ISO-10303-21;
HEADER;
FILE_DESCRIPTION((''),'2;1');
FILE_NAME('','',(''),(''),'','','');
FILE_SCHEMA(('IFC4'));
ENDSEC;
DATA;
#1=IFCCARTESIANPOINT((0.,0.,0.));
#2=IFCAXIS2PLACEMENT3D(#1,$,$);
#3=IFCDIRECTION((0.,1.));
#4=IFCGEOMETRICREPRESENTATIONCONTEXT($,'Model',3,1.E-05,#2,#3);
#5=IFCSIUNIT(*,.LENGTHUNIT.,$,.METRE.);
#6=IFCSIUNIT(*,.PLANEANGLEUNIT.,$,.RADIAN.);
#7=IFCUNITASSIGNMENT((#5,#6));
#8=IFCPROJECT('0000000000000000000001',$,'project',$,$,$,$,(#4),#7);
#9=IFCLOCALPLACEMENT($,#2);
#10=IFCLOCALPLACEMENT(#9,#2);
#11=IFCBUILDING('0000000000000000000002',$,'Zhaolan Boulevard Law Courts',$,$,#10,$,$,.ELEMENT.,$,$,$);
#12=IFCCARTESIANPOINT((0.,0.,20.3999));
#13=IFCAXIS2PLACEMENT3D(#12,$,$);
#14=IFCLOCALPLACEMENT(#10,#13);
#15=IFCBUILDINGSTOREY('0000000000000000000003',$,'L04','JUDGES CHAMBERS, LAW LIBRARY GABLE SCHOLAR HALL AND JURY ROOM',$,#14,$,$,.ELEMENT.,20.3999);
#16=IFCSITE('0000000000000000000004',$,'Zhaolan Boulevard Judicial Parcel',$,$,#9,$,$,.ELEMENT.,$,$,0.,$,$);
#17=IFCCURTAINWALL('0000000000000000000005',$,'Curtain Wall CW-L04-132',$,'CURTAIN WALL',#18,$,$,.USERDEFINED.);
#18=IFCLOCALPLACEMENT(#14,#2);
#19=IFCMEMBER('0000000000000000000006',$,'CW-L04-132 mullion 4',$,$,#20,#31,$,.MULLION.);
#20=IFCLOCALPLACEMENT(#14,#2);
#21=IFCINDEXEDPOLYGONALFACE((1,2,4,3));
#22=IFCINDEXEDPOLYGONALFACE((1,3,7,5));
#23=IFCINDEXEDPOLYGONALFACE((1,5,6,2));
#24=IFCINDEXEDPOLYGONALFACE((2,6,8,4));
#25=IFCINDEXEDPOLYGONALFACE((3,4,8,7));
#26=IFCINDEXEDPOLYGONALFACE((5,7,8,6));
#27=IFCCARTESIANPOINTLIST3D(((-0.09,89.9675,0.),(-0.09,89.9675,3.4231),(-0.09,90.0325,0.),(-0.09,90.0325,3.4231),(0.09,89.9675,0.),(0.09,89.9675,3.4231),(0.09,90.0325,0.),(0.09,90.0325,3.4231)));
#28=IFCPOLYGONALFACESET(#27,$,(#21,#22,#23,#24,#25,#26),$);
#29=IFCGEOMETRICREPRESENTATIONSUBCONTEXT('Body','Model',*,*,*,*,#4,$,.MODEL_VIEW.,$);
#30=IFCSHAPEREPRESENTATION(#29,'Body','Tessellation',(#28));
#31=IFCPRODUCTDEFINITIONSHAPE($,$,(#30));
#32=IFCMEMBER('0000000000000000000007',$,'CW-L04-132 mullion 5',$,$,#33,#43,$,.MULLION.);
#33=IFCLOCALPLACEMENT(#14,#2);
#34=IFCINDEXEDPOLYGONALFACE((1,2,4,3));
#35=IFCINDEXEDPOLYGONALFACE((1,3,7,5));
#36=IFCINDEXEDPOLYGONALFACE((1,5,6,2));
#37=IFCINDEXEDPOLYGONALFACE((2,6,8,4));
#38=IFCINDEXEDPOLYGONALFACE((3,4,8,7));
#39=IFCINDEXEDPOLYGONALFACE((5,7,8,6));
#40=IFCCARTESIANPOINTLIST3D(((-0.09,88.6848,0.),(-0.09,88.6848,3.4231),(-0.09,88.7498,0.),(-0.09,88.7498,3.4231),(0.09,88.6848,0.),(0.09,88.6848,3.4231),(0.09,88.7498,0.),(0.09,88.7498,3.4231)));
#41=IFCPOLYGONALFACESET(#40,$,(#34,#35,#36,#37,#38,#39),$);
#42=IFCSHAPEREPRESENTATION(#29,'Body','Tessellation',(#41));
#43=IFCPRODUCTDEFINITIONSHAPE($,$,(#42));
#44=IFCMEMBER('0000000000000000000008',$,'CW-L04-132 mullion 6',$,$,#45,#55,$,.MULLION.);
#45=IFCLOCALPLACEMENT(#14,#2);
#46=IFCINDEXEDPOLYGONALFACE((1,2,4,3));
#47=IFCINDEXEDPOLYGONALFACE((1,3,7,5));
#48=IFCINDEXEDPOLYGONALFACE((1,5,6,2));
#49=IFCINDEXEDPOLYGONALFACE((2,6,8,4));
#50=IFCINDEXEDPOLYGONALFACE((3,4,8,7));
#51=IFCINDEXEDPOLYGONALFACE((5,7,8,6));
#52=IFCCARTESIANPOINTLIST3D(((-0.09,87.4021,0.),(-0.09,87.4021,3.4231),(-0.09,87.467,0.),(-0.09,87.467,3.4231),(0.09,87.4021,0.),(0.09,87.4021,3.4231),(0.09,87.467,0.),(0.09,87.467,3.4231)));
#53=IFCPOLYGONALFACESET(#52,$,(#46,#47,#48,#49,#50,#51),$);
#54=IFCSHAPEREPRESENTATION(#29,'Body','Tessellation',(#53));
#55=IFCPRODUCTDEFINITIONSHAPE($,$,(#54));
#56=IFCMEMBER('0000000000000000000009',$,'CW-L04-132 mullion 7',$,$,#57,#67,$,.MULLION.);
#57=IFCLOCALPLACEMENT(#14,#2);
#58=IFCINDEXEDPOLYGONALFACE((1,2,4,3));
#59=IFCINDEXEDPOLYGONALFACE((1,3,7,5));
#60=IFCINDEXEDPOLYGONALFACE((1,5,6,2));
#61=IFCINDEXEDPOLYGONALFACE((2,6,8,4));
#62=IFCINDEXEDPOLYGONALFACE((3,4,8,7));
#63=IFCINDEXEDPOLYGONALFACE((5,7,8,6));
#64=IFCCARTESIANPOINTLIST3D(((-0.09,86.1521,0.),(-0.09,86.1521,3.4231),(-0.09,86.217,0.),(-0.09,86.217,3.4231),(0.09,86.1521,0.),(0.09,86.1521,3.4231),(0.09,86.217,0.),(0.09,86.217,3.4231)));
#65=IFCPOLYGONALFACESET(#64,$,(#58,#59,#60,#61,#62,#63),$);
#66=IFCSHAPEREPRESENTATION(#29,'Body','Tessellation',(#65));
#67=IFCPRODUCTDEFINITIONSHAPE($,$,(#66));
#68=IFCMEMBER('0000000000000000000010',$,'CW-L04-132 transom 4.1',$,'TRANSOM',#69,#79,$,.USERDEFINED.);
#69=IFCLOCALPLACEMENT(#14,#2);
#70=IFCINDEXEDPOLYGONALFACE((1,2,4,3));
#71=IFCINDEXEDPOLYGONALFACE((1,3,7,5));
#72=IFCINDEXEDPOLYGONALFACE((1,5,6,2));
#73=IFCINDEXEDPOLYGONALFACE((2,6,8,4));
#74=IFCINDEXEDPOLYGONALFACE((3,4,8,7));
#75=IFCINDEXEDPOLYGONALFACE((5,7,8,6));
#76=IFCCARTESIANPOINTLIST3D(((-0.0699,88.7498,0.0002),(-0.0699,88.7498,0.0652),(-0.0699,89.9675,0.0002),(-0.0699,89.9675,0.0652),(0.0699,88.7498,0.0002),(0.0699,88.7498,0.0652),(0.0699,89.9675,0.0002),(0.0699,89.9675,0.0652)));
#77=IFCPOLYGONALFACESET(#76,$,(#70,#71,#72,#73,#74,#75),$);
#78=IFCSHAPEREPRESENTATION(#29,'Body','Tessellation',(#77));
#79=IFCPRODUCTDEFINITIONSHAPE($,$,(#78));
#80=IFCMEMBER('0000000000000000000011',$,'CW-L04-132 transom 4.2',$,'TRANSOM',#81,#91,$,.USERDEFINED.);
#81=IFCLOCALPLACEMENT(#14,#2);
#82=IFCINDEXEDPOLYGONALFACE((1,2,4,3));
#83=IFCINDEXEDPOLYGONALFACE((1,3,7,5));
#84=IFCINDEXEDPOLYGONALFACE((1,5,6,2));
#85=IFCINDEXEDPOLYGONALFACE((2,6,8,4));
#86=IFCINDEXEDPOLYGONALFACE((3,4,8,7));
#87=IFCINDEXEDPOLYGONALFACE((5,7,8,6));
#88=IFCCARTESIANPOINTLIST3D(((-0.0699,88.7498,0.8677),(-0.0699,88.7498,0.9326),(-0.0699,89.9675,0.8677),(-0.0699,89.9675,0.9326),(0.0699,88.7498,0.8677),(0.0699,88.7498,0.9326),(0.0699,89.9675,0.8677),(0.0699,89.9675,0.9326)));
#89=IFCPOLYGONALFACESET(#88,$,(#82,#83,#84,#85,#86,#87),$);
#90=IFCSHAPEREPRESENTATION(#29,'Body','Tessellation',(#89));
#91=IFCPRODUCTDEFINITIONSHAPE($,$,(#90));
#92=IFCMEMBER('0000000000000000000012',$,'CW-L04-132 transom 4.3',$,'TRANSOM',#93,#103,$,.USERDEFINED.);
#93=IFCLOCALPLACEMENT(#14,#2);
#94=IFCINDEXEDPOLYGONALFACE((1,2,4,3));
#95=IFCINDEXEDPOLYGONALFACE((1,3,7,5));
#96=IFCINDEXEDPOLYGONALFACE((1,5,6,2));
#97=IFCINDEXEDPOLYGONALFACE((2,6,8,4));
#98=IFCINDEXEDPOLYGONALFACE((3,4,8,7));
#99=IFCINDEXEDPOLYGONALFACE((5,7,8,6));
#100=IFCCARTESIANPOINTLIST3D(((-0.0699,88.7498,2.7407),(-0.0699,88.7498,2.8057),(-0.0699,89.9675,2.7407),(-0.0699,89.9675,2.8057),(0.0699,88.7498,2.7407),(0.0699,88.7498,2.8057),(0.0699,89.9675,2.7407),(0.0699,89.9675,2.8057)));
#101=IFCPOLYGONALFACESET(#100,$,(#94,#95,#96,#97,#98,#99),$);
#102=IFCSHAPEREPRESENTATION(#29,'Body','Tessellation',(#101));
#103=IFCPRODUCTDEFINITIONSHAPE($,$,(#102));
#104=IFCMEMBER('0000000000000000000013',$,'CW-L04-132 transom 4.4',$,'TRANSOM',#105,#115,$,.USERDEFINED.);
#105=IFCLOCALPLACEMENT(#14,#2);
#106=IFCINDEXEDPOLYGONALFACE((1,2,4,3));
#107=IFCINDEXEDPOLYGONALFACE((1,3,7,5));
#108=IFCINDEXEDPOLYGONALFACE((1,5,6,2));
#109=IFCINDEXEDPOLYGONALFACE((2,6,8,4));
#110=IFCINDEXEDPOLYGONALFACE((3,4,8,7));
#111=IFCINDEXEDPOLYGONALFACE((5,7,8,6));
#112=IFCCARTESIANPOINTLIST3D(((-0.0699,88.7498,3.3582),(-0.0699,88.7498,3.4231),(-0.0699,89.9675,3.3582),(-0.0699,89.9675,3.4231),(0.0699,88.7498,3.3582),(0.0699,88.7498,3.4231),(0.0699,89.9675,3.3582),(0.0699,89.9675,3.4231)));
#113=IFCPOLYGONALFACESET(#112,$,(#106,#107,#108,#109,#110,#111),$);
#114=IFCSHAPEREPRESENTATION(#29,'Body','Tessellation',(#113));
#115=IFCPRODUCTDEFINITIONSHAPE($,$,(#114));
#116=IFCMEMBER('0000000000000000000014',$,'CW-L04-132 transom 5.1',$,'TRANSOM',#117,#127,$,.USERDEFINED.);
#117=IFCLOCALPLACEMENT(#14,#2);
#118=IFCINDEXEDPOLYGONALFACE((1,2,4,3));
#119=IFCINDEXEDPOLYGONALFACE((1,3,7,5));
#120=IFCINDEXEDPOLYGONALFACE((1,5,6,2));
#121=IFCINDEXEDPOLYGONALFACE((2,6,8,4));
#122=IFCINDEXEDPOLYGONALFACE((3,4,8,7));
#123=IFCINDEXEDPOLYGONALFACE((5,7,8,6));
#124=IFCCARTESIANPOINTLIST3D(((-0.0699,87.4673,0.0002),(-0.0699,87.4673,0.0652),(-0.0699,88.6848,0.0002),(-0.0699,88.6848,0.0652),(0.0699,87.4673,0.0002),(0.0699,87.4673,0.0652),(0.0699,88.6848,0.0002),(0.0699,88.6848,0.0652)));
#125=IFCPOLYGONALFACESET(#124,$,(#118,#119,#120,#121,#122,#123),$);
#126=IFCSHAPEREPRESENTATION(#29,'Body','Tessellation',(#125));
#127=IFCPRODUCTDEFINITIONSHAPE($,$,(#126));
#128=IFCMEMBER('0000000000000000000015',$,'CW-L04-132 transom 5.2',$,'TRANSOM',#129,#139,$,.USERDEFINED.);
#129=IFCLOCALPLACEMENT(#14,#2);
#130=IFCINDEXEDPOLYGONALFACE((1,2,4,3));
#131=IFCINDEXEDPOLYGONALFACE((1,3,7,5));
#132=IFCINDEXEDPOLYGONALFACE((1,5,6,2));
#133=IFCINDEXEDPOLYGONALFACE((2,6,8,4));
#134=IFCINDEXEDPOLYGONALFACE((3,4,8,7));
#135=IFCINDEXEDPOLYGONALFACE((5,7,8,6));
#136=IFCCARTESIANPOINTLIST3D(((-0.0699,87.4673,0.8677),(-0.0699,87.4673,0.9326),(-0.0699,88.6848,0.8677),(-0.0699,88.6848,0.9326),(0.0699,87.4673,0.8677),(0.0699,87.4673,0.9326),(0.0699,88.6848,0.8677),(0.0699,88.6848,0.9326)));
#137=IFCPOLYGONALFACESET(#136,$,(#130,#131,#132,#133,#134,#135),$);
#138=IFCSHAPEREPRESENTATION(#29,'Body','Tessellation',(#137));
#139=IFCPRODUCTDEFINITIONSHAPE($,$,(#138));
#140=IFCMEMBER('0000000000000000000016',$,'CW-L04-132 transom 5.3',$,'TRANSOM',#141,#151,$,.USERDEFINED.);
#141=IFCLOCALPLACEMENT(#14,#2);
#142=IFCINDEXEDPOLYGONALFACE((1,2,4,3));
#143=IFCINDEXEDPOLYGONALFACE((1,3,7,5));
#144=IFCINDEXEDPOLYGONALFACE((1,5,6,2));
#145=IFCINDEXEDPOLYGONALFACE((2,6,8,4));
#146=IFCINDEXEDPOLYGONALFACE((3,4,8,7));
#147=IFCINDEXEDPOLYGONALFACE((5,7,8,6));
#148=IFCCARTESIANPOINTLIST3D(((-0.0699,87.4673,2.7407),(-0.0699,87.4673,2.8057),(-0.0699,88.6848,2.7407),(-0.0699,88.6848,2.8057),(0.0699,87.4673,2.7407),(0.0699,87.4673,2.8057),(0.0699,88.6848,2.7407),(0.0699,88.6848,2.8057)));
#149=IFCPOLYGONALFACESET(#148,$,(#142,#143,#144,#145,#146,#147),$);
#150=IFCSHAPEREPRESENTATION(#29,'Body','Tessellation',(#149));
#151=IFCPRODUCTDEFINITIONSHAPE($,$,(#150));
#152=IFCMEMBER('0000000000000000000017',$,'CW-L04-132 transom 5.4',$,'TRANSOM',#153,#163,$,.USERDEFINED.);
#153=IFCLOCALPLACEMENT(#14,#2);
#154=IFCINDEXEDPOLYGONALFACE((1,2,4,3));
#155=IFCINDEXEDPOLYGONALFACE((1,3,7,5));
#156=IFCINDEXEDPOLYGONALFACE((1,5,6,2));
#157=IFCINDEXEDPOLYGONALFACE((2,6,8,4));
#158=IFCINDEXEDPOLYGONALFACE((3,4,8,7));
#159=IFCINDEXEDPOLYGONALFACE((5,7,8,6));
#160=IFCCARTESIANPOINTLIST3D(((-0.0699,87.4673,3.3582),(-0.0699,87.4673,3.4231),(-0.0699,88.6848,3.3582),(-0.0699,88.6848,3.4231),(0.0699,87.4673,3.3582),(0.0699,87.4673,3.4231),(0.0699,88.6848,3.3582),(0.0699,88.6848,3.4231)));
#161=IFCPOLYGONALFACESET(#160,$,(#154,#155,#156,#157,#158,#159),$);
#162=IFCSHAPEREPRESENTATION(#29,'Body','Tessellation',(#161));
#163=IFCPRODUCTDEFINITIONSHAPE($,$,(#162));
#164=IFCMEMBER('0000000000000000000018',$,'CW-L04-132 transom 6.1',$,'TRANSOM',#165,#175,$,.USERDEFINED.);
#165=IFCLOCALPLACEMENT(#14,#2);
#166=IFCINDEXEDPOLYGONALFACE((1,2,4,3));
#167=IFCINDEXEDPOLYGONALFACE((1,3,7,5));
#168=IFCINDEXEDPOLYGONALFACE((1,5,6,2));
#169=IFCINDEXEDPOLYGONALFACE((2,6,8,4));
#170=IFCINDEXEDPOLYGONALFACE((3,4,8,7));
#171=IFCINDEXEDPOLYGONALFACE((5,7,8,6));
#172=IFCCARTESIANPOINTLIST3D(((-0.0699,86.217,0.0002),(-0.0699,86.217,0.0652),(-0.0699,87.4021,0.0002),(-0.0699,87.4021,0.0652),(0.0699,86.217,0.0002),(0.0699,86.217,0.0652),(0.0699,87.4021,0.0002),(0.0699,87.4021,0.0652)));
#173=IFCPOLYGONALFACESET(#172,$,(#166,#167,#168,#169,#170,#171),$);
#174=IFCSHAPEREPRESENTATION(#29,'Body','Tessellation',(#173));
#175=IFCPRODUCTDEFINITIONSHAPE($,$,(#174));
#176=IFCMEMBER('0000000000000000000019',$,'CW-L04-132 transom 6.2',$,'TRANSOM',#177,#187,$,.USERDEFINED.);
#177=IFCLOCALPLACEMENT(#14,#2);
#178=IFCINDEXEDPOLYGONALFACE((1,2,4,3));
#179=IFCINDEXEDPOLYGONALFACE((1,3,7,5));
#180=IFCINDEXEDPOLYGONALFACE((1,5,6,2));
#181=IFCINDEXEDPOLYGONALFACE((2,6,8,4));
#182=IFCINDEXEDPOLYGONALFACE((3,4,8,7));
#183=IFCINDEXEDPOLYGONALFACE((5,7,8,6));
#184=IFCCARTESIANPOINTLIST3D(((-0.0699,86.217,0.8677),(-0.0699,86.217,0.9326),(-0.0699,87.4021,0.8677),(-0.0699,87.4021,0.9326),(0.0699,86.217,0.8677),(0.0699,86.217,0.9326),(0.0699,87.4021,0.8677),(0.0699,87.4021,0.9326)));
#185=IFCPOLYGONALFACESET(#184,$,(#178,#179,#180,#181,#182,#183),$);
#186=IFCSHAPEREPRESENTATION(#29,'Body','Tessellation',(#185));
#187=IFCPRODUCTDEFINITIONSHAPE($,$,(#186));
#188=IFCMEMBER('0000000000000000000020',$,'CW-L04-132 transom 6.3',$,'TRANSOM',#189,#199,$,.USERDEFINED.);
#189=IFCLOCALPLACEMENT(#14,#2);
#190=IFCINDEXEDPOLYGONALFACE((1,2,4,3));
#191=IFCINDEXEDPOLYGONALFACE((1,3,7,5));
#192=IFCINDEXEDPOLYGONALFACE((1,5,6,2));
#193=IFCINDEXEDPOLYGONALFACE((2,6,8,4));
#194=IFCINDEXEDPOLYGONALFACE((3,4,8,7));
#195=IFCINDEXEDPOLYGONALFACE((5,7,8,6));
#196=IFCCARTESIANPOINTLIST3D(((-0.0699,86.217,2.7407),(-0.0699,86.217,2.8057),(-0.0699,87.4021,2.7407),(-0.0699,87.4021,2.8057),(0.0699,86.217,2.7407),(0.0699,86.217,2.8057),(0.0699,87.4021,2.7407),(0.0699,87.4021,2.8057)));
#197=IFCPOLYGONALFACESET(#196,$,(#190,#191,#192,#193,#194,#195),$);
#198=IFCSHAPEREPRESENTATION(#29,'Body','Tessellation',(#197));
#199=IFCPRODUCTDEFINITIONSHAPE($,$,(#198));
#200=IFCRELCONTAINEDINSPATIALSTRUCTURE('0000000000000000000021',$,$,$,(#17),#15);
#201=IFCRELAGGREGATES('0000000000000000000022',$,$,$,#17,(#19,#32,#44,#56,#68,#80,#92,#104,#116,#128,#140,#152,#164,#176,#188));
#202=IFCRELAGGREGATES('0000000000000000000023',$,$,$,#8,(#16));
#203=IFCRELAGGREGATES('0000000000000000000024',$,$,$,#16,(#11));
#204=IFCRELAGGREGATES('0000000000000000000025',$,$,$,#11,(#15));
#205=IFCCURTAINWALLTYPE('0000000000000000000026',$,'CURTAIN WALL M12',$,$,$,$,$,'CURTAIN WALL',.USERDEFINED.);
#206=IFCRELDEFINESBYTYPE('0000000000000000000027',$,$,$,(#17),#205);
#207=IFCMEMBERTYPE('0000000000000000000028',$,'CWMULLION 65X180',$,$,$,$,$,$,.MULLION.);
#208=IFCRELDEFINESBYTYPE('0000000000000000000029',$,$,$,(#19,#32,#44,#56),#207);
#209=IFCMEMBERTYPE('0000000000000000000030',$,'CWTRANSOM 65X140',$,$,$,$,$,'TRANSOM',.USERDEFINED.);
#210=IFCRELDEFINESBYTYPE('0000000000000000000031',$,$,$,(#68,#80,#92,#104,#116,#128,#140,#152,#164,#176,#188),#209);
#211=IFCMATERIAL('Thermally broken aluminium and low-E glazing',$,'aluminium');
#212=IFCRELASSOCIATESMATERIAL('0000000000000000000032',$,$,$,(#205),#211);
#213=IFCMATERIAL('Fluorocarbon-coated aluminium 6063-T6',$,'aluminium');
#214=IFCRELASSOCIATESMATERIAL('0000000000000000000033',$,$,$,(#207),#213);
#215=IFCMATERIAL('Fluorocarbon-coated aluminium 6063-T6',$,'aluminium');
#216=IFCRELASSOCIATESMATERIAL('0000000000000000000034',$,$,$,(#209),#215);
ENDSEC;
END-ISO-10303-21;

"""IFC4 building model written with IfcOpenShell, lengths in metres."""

from ifc_helpers import new_model, si_unit, direction, frame, origin, origin_2d, place, context, subcontext, project, spatial, rectangle, extrude, material, material_profile, profile_set, type_object, element, aggregate, save


model = new_model("IFC4")

# Units and contexts
model_context = context("Model", 3, precision=1e-05, world=origin(), true_north=direction((0.0, 1.0)))
body_context = subcontext(model_context, "Body", "Model", "MODEL_VIEW")
ifc_project = project(units=[si_unit("LENGTHUNIT", "METRE"), si_unit("PLANEANGLEUNIT", "RADIAN")], contexts=[model_context])

# Site, building, storey
site_placement = place(None, origin())
site = spatial("IfcSite", under=ifc_project, at=site_placement, Name="Zhaolan Boulevard Judicial Parcel", CompositionType="ELEMENT", RefElevation=0.0)
building_placement = place(site_placement, origin())
building = spatial("IfcBuilding", under=site, at=building_placement, Name="Zhaolan Boulevard Law Courts", CompositionType="ELEMENT")
storey_placement = place(building_placement, frame((0.0, 0.0, 20.3999)))
storey = spatial("IfcBuildingStorey", under=building, at=storey_placement, Name="L04", Description="JUDGES CHAMBERS, LAW LIBRARY GABLE SCHOLAR HALL AND JURY ROOM", CompositionType="ELEMENT", Elevation=20.3999)

# Curtain wall, members
ifc_material_1 = material(Name="Thermally broken aluminium and low-E glazing", Category="aluminium")
curtain_wall_type = type_object("IfcCurtainWallType", Name="CURTAIN WALL M12", ElementType="CURTAIN WALL", PredefinedType="USERDEFINED", material=ifc_material_1)
curtain_wall_placement = place(storey_placement, origin())
curtain_wall = element("IfcCurtainWall", 1, at=curtain_wall_placement, inside=storey, type_object=curtain_wall_type, Name="Curtain Wall CW-L04-132", ObjectType="CURTAIN WALL", PredefinedType="USERDEFINED")
ifc_material_2 = material(Name="Fluorocarbon-coated aluminium 6063-T6", Category="aluminium")
ifc_material_profile_1 = material_profile(ifc_material_2, rectangle(XDim=0.1799, YDim=0.0649, at=origin_2d()), Name="AL65x180")
ifc_profile_set_1 = profile_set([ifc_material_profile_1], Name="Fluorocarbon-coated aluminium 6063-T6")
member_type_1 = type_object("IfcMemberType", Name="CWMULLION 65X180", PredefinedType="MULLION", material=ifc_profile_set_1)
member_1_placement = place(storey_placement, frame((0.0, 90.0, 0.0), z_axis=(0.0, 0.0, 1.0), x_axis=(1.0, 0.0, 0.0)))
member_1 = element("IfcMember", 2, at=member_1_placement, type_object=member_type_1, Name="CW-L04-132 mullion 4", PredefinedType="MULLION", context=body_context, shape_type="SweptSolid", body=[
    extrude(rectangle(XDim=0.1799, YDim=0.0649, at=origin_2d()), origin(), (0.0, 0.0, 1.0), 3.4231),
])
member_2_placement = place(storey_placement, frame((0.0, 88.7173, 0.0), z_axis=(0.0, 0.0, 1.0), x_axis=(1.0, 0.0, 0.0)))
member_2 = element("IfcMember", 3, at=member_2_placement, type_object=member_type_1, Name="CW-L04-132 mullion 5", PredefinedType="MULLION", context=body_context, shape_type="SweptSolid", body=[
    extrude(rectangle(XDim=0.1799, YDim=0.0649, at=origin_2d()), origin(), (0.0, 0.0, 1.0), 3.4231),
])
member_3_placement = place(storey_placement, frame((0.0, 87.4346, 0.0), z_axis=(0.0, 0.0, 1.0), x_axis=(1.0, 0.0, 0.0)))
member_3 = element("IfcMember", 4, at=member_3_placement, type_object=member_type_1, Name="CW-L04-132 mullion 6", PredefinedType="MULLION", context=body_context, shape_type="SweptSolid", body=[
    extrude(rectangle(XDim=0.1799, YDim=0.0649, at=origin_2d()), origin(), (0.0, 0.0, 1.0), 3.4231),
])
member_4_placement = place(storey_placement, frame((0.0, 86.1846, 0.0), z_axis=(0.0, 0.0, 1.0), x_axis=(1.0, 0.0, 0.0)))
member_4 = element("IfcMember", 5, at=member_4_placement, type_object=member_type_1, Name="CW-L04-132 mullion 7", PredefinedType="MULLION", context=body_context, shape_type="SweptSolid", body=[
    extrude(rectangle(XDim=0.1799, YDim=0.0649, at=origin_2d()), origin(), (0.0, 0.0, 1.0), 3.4231),
])
ifc_material_3 = material(Name="Fluorocarbon-coated aluminium 6063-T6", Category="aluminium")
ifc_material_profile_2 = material_profile(ifc_material_3, rectangle(XDim=0.1399, YDim=0.0649, at=origin_2d()), Name="AL65x140")
ifc_profile_set_2 = profile_set([ifc_material_profile_2], Name="Fluorocarbon-coated aluminium 6063-T6")
member_type_2 = type_object("IfcMemberType", Name="CWTRANSOM 65X140", ElementType="TRANSOM", PredefinedType="USERDEFINED", material=ifc_profile_set_2)
member_5_placement = place(storey_placement, frame((0.0, 89.9675, 0.0327), z_axis=(0.0, -1.0, 0.0), x_axis=(1.0, 0.0, 0.0)))
member_5 = element("IfcMember", 6, at=member_5_placement, type_object=member_type_2, Name="CW-L04-132 transom 4.1", ObjectType="TRANSOM", PredefinedType="USERDEFINED", context=body_context, shape_type="SweptSolid", body=[
    extrude(rectangle(XDim=0.1399, YDim=0.0649, at=origin_2d()), origin(), (0.0, 0.0, 1.0), 1.2178),
])
member_6_placement = place(storey_placement, frame((0.0, 89.9675, 0.9001), z_axis=(0.0, -1.0, 0.0), x_axis=(1.0, 0.0, 0.0)))
member_6 = element("IfcMember", 7, at=member_6_placement, type_object=member_type_2, Name="CW-L04-132 transom 4.2", ObjectType="TRANSOM", PredefinedType="USERDEFINED", context=body_context, shape_type="SweptSolid", body=[
    extrude(rectangle(XDim=0.1399, YDim=0.0649, at=origin_2d()), origin(), (0.0, 0.0, 1.0), 1.2178),
])
member_7_placement = place(storey_placement, frame((0.0, 89.9675, 2.7732), z_axis=(0.0, -1.0, 0.0), x_axis=(1.0, 0.0, 0.0)))
member_7 = element("IfcMember", 8, at=member_7_placement, type_object=member_type_2, Name="CW-L04-132 transom 4.3", ObjectType="TRANSOM", PredefinedType="USERDEFINED", context=body_context, shape_type="SweptSolid", body=[
    extrude(rectangle(XDim=0.1399, YDim=0.0649, at=origin_2d()), origin(), (0.0, 0.0, 1.0), 1.2178),
])
member_8_placement = place(storey_placement, frame((0.0, 89.9675, 3.3906), z_axis=(0.0, -1.0, 0.0), x_axis=(1.0, 0.0, 0.0)))
member_8 = element("IfcMember", 9, at=member_8_placement, type_object=member_type_2, Name="CW-L04-132 transom 4.4", ObjectType="TRANSOM", PredefinedType="USERDEFINED", context=body_context, shape_type="SweptSolid", body=[
    extrude(rectangle(XDim=0.1399, YDim=0.0649, at=origin_2d()), origin(), (0.0, 0.0, 1.0), 1.2178),
])
member_9_placement = place(storey_placement, frame((0.0, 88.6848, 0.0327), z_axis=(0.0, -1.0, 0.0), x_axis=(1.0, 0.0, 0.0)))
member_9 = element("IfcMember", 10, at=member_9_placement, type_object=member_type_2, Name="CW-L04-132 transom 5.1", ObjectType="TRANSOM", PredefinedType="USERDEFINED", context=body_context, shape_type="SweptSolid", body=[
    extrude(rectangle(XDim=0.1399, YDim=0.0649, at=origin_2d()), origin(), (0.0, 0.0, 1.0), 1.2175),
])
member_10_placement = place(storey_placement, frame((0.0, 88.6848, 0.9001), z_axis=(0.0, -1.0, 0.0), x_axis=(1.0, 0.0, 0.0)))
member_10 = element("IfcMember", 11, at=member_10_placement, type_object=member_type_2, Name="CW-L04-132 transom 5.2", ObjectType="TRANSOM", PredefinedType="USERDEFINED", context=body_context, shape_type="SweptSolid", body=[
    extrude(rectangle(XDim=0.1399, YDim=0.0649, at=origin_2d()), origin(), (0.0, 0.0, 1.0), 1.2175),
])
member_11_placement = place(storey_placement, frame((0.0, 88.6848, 2.7732), z_axis=(0.0, -1.0, 0.0), x_axis=(1.0, 0.0, 0.0)))
member_11 = element("IfcMember", 12, at=member_11_placement, type_object=member_type_2, Name="CW-L04-132 transom 5.3", ObjectType="TRANSOM", PredefinedType="USERDEFINED", context=body_context, shape_type="SweptSolid", body=[
    extrude(rectangle(XDim=0.1399, YDim=0.0649, at=origin_2d()), origin(), (0.0, 0.0, 1.0), 1.2175),
])
member_12_placement = place(storey_placement, frame((0.0, 88.6848, 3.3906), z_axis=(0.0, -1.0, 0.0), x_axis=(1.0, 0.0, 0.0)))
member_12 = element("IfcMember", 13, at=member_12_placement, type_object=member_type_2, Name="CW-L04-132 transom 5.4", ObjectType="TRANSOM", PredefinedType="USERDEFINED", context=body_context, shape_type="SweptSolid", body=[
    extrude(rectangle(XDim=0.1399, YDim=0.0649, at=origin_2d()), origin(), (0.0, 0.0, 1.0), 1.2175),
])
member_13_placement = place(storey_placement, frame((0.0, 87.4021, 0.0327), z_axis=(0.0, -1.0, 0.0), x_axis=(1.0, 0.0, 0.0)))
member_13 = element("IfcMember", 14, at=member_13_placement, type_object=member_type_2, Name="CW-L04-132 transom 6.1", ObjectType="TRANSOM", PredefinedType="USERDEFINED", context=body_context, shape_type="SweptSolid", body=[
    extrude(rectangle(XDim=0.1399, YDim=0.0649, at=origin_2d()), origin(), (0.0, 0.0, 1.0), 1.1851),
])
member_14_placement = place(storey_placement, frame((0.0, 87.4021, 0.9001), z_axis=(0.0, -1.0, 0.0), x_axis=(1.0, 0.0, 0.0)))
member_14 = element("IfcMember", 15, at=member_14_placement, type_object=member_type_2, Name="CW-L04-132 transom 6.2", ObjectType="TRANSOM", PredefinedType="USERDEFINED", context=body_context, shape_type="SweptSolid", body=[
    extrude(rectangle(XDim=0.1399, YDim=0.0649, at=origin_2d()), origin(), (0.0, 0.0, 1.0), 1.1851),
])
member_15_placement = place(storey_placement, frame((0.0, 87.4021, 2.7732), z_axis=(0.0, -1.0, 0.0), x_axis=(1.0, 0.0, 0.0)))
member_15 = element("IfcMember", 16, at=member_15_placement, type_object=member_type_2, Name="CW-L04-132 transom 6.3", ObjectType="TRANSOM", PredefinedType="USERDEFINED", context=body_context, shape_type="SweptSolid", body=[
    extrude(rectangle(XDim=0.1399, YDim=0.0649, at=origin_2d()), origin(), (0.0, 0.0, 1.0), 1.1851),
])

aggregate(curtain_wall, [member_1, member_2, member_3, member_4, member_5, member_6, member_7, member_8, member_9, member_10, member_11, member_12, member_13, member_14, member_15])

save(model, "model.ifc")
